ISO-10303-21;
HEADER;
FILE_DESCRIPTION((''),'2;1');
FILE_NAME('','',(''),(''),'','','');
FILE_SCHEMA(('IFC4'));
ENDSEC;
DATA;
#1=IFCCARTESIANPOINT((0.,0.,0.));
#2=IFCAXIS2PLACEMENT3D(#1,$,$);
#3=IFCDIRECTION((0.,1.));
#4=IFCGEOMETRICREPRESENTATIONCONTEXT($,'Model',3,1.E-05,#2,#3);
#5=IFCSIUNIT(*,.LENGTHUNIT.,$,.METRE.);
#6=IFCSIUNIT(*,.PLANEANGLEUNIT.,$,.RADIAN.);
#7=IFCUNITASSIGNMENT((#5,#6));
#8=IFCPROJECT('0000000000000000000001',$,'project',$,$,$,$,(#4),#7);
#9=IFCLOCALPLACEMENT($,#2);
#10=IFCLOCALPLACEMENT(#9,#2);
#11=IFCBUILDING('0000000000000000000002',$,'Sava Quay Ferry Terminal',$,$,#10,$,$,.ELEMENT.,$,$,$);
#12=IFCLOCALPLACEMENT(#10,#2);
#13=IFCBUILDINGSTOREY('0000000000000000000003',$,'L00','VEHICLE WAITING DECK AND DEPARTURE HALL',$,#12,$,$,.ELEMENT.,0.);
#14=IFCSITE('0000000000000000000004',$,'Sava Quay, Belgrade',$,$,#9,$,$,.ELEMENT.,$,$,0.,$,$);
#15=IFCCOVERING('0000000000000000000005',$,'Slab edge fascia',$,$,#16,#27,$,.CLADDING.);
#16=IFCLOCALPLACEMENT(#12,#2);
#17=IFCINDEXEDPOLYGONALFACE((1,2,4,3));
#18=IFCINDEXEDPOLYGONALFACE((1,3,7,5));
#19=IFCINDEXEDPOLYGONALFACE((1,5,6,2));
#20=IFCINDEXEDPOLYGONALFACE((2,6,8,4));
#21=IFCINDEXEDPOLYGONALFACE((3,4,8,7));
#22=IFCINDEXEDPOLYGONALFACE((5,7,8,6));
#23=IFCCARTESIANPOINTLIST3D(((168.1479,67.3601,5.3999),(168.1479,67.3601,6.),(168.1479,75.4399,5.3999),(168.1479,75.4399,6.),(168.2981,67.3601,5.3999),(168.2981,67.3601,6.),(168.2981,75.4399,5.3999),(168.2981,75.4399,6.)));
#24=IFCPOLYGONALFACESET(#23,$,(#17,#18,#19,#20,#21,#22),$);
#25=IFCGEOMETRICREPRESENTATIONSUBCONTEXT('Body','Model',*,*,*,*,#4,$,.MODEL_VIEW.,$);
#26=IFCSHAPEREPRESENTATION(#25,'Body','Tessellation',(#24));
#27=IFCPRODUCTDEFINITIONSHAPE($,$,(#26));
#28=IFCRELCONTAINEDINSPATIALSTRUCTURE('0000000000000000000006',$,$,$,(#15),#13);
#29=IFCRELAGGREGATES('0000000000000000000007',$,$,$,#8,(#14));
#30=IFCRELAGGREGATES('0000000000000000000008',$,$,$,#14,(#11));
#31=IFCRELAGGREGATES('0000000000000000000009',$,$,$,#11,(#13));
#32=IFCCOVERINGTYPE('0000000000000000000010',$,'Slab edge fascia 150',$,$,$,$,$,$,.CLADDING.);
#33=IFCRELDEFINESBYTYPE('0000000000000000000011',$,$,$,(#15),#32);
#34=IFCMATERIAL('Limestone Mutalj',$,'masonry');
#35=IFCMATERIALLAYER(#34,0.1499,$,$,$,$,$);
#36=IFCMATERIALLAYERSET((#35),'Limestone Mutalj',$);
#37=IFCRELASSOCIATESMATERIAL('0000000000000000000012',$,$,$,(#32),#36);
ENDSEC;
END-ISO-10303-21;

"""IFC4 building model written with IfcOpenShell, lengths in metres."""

from ifc_helpers import new_model, si_unit, direction, frame, origin, place, context, subcontext, project, spatial, polyline, outline, extrude, material, layer, layer_set, type_object, element, save


model = new_model("IFC4")

# Units and contexts
model_context = context("Model", 3, precision=1e-05, world=origin(), true_north=direction((0.0, 1.0)))
body_context = subcontext(model_context, "Body", "Model", "MODEL_VIEW")
ifc_project = project(units=[si_unit("LENGTHUNIT", "METRE"), si_unit("PLANEANGLEUNIT", "RADIAN")], contexts=[model_context])

# Site, building, storey
site_placement = place(None, origin())
site = spatial("IfcSite", under=ifc_project, at=site_placement, Name="Sava Quay, Belgrade", CompositionType="ELEMENT", RefElevation=0.0)
building_placement = place(site_placement, origin())
building = spatial("IfcBuilding", under=site, at=building_placement, Name="Sava Quay Ferry Terminal", CompositionType="ELEMENT")
storey_placement = place(building_placement, origin())
storey = spatial("IfcBuildingStorey", under=building, at=storey_placement, Name="L00", Description="VEHICLE WAITING DECK AND DEPARTURE HALL", CompositionType="ELEMENT", Elevation=0.0)

# Covering
ifc_material_1 = material(Name="Limestone Mutalj", Category="masonry")
ifc_layer_1 = layer(ifc_material_1, 0.1499)
ifc_layer_set_1 = layer_set([ifc_layer_1], Name="Limestone Mutalj")
covering_type_1 = type_object("IfcCoveringType", Name="Slab edge fascia 150", PredefinedType="CLADDING", material=ifc_layer_set_1)
covering_1_placement = place(storey_placement, frame((0.0, 0.0, 5.3999)))
element("IfcCovering", 1, at=covering_1_placement, inside=storey, type_object=covering_type_1, Name="Slab edge fascia", PredefinedType="CLADDING", context=body_context, shape_type="SweptSolid", body=[
    extrude(outline(polyline([(168.1479, 75.4399), (168.1479, 67.3601), (168.2981, 67.3601), (168.2981, 75.4399), (168.1479, 75.4399)])), origin(), (0.0, 0.0, 1.0), 0.6001),
])

save(model, "model.ifc")
